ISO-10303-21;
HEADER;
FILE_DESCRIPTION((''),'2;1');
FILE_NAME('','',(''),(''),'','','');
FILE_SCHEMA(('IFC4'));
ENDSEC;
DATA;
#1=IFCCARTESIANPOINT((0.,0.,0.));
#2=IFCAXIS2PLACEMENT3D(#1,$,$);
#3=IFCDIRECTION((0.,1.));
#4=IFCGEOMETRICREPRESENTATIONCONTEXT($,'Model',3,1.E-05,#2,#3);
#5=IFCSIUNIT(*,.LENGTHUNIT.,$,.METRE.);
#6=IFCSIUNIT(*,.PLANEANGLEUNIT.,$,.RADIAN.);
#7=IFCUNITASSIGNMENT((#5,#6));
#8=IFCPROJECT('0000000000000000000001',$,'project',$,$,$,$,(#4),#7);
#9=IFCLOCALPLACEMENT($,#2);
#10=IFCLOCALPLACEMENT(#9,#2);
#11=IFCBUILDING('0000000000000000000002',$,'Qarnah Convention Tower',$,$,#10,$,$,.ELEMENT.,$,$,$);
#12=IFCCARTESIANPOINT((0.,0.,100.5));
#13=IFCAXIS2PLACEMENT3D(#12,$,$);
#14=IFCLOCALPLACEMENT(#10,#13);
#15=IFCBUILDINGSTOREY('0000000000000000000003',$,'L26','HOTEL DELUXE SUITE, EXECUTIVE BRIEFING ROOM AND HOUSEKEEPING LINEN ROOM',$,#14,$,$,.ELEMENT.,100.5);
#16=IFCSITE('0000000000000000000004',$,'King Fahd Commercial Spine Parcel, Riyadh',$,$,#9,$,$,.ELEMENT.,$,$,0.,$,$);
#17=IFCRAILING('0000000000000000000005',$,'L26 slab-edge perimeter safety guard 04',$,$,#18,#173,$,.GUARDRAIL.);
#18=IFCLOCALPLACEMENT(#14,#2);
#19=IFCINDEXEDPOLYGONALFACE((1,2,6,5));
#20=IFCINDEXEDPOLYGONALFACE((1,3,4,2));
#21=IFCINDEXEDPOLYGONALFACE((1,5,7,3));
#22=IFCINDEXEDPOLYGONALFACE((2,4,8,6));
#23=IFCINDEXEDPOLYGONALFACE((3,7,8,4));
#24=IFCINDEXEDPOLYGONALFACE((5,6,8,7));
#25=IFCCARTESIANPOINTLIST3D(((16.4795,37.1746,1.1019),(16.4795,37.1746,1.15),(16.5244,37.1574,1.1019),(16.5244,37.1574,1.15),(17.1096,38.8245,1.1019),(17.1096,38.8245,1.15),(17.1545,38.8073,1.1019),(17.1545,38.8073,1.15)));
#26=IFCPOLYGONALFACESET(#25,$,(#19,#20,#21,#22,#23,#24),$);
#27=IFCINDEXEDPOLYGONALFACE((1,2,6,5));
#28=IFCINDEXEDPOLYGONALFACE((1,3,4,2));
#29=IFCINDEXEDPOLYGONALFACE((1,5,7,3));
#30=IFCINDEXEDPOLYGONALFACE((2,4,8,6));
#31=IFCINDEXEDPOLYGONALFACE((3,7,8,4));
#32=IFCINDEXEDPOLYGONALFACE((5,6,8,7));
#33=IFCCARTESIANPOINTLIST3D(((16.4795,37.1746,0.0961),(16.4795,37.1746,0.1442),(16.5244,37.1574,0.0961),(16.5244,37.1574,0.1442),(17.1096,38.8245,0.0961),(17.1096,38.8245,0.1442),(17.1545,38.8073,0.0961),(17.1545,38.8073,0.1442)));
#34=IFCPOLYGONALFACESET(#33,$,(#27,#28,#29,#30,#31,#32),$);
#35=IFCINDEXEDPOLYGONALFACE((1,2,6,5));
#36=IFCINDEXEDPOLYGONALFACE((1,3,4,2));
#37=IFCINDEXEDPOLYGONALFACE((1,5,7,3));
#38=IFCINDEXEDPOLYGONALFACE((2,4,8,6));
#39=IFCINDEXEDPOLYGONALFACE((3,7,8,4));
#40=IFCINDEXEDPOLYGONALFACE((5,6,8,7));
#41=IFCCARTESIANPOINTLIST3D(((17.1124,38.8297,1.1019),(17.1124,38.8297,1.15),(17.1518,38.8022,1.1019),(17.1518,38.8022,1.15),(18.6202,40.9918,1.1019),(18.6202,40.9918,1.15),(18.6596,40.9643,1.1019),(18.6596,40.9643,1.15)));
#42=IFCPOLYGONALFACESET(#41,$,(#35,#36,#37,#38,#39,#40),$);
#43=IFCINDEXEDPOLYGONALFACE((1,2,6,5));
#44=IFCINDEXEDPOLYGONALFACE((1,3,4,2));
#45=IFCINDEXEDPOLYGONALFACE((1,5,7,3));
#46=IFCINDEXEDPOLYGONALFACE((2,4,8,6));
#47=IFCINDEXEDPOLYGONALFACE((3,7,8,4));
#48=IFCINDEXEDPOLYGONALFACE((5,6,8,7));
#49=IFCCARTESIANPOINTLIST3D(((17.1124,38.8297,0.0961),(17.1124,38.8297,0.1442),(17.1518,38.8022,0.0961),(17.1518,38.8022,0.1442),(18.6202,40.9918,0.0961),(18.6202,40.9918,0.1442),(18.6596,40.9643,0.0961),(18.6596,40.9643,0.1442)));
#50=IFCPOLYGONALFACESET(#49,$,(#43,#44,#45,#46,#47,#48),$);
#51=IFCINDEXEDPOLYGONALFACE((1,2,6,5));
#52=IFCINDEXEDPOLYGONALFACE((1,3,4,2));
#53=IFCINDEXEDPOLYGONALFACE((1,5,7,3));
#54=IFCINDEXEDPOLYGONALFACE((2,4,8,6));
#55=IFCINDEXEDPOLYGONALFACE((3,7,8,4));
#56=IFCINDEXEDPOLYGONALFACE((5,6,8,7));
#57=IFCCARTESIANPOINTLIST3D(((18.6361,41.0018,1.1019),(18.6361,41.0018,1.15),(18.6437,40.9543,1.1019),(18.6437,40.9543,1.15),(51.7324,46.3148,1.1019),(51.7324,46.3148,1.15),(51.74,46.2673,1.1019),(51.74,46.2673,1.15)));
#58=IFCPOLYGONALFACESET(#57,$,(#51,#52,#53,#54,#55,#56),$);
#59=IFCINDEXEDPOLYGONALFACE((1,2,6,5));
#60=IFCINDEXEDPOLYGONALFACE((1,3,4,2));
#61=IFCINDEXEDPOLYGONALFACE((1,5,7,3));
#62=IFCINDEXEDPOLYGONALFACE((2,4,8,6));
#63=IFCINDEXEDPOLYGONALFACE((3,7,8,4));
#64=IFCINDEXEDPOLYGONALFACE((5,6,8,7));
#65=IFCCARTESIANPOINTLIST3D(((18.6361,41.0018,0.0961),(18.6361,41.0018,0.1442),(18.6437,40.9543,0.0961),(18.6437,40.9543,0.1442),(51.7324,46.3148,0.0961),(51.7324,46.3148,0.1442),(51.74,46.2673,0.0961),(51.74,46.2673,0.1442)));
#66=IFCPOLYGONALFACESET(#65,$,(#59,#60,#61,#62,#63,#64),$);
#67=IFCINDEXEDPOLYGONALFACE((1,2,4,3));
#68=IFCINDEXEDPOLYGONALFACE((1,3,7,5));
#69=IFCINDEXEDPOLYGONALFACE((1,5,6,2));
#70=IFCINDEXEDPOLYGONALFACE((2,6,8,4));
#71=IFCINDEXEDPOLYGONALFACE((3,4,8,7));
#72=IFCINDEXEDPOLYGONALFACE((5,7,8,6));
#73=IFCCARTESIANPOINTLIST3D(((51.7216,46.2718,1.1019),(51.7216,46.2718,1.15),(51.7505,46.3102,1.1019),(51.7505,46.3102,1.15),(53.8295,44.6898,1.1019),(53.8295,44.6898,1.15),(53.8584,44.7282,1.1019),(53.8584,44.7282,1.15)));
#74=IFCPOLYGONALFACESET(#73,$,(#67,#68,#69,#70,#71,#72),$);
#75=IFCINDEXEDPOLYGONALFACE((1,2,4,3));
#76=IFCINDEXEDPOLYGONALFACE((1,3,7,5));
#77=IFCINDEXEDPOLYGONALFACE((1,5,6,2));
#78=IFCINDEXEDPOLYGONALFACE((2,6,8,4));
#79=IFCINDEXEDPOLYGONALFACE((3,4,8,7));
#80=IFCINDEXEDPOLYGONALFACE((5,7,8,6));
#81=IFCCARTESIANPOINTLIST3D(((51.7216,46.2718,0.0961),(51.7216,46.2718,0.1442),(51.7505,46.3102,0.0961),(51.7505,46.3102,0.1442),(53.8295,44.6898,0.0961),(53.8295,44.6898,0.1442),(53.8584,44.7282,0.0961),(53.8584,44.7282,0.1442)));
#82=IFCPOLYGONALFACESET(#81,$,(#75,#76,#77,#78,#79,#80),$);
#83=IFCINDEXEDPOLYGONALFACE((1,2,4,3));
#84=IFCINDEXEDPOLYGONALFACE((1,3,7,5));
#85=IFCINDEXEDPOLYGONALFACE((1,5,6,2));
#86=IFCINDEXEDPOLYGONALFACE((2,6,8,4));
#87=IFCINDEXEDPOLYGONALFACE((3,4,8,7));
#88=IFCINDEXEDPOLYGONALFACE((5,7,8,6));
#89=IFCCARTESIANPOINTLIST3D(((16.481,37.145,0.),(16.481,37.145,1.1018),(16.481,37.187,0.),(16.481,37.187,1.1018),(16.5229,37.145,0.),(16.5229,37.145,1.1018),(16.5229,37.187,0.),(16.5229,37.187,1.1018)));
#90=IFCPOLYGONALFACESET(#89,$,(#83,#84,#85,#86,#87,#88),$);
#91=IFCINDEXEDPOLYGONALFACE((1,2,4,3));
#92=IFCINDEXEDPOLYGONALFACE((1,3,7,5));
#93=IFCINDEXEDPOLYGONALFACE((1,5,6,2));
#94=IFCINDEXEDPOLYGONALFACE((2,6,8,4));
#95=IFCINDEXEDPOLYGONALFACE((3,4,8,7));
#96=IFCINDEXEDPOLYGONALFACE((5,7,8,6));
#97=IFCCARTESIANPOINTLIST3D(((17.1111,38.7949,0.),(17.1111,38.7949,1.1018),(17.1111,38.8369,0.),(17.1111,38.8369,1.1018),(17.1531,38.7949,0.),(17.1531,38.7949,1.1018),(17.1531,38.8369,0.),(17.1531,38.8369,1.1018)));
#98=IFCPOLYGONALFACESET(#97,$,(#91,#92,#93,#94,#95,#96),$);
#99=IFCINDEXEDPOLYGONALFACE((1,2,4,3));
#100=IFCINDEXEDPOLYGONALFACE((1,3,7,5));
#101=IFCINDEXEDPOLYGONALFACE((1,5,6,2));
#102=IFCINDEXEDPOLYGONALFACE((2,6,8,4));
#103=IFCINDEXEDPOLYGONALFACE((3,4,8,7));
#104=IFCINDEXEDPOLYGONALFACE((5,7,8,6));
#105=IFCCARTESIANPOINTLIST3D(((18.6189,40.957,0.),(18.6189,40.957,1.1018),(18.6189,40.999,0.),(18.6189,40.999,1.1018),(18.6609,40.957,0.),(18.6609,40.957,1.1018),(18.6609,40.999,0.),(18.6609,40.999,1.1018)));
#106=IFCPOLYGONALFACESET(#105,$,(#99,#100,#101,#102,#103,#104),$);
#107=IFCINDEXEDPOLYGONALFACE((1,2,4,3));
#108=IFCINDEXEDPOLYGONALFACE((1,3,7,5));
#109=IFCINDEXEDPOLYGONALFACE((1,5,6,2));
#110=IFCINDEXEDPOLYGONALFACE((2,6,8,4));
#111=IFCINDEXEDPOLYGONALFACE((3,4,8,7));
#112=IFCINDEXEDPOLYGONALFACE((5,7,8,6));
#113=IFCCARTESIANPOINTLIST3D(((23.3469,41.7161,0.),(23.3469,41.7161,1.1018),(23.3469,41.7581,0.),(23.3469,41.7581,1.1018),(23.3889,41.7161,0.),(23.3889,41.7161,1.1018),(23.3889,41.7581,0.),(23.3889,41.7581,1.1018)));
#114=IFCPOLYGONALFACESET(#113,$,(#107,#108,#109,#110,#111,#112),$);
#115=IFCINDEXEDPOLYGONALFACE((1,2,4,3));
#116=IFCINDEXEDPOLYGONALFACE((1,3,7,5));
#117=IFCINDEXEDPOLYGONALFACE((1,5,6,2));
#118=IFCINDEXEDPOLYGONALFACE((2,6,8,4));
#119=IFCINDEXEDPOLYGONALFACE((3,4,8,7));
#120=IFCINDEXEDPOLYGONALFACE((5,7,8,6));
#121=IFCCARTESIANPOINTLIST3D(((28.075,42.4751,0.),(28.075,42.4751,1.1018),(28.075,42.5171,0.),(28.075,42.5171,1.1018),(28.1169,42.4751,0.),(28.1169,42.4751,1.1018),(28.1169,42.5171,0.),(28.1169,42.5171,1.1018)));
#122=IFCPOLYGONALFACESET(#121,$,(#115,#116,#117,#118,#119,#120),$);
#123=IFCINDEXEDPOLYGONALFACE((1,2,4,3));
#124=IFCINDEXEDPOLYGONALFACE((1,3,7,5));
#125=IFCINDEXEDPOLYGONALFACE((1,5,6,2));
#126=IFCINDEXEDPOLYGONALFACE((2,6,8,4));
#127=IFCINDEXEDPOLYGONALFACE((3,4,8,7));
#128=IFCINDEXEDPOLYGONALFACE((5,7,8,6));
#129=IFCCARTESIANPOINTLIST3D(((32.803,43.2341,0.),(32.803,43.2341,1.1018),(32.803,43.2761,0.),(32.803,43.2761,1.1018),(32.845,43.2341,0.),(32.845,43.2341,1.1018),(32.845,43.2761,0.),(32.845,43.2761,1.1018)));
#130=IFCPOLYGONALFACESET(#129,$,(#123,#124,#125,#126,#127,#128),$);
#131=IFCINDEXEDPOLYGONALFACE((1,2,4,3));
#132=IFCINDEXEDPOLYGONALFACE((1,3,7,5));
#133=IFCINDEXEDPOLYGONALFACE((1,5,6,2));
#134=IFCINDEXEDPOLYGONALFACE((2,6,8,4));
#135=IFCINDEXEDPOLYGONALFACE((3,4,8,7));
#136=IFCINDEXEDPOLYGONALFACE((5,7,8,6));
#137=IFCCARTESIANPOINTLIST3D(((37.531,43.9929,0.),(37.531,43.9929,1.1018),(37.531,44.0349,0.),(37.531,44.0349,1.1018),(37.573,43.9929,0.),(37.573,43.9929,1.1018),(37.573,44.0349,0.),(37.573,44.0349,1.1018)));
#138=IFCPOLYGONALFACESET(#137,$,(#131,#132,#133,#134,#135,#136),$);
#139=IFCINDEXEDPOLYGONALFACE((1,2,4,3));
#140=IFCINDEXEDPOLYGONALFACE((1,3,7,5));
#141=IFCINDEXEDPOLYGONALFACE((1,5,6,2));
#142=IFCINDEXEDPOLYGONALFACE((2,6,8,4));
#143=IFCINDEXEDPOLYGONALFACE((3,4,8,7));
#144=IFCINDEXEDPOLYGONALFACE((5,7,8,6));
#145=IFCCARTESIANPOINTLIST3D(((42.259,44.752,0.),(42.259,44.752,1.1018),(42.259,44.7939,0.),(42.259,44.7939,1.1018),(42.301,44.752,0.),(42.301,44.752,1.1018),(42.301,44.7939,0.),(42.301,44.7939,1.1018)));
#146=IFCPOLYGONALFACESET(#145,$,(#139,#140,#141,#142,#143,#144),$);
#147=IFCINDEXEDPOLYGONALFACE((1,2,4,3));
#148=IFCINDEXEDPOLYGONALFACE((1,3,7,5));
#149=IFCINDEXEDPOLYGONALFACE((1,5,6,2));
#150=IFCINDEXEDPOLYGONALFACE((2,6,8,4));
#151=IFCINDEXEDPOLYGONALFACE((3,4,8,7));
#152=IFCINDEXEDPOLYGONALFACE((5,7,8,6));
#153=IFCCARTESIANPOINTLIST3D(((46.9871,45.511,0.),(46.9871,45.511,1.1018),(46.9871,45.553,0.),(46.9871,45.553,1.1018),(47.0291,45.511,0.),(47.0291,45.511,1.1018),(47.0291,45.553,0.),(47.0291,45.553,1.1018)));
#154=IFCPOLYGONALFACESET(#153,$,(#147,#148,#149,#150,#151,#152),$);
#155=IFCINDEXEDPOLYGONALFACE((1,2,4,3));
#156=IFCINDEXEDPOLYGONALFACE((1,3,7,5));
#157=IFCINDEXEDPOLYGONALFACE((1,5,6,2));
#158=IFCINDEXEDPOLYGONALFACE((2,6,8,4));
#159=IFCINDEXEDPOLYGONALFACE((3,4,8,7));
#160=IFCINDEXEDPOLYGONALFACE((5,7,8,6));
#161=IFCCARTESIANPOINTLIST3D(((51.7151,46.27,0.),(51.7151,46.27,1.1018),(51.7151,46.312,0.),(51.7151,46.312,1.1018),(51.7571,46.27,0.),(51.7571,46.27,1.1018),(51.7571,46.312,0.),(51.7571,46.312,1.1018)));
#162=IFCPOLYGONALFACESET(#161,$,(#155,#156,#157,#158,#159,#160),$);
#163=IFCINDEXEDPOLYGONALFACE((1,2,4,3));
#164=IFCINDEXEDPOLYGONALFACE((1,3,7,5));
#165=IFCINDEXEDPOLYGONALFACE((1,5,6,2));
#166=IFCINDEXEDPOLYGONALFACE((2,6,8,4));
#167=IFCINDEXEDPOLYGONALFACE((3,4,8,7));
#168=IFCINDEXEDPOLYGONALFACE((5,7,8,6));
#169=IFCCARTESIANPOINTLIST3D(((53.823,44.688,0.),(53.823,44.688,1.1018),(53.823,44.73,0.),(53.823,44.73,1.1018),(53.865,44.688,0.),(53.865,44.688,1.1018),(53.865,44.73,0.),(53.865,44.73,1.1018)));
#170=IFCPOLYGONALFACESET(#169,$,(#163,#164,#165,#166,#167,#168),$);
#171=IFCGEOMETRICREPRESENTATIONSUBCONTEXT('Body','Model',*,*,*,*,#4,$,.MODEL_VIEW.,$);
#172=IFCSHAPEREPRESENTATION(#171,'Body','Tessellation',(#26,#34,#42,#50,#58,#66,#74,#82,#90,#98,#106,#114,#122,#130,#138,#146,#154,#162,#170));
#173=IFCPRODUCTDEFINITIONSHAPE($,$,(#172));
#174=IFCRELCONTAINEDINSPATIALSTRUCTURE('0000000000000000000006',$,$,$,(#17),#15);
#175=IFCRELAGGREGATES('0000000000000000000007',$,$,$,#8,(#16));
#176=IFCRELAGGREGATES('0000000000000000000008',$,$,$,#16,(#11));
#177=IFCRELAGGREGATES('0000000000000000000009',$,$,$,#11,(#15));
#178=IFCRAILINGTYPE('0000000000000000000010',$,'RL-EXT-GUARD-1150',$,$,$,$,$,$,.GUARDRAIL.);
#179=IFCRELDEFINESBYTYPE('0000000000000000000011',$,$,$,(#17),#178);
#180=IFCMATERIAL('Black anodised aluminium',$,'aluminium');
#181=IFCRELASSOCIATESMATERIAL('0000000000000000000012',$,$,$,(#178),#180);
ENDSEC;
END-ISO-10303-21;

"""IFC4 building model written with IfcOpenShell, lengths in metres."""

from ifc_helpers import new_model, si_unit, direction, frame, origin, origin_2d, place, context, subcontext, project, spatial, rectangle, extrude, material, type_object, element, save


model = new_model("IFC4")

# Units and contexts
model_context = context("Model", 3, precision=1e-05, world=origin(), true_north=direction((0.0, 1.0)))
body_context = subcontext(model_context, "Body", "Model", "MODEL_VIEW")
ifc_project = project(units=[si_unit("LENGTHUNIT", "METRE"), si_unit("PLANEANGLEUNIT", "RADIAN")], contexts=[model_context])

# Site, building, storey
site_placement = place(None, origin())
site = spatial("IfcSite", under=ifc_project, at=site_placement, Name="King Fahd Commercial Spine Parcel, Riyadh", CompositionType="ELEMENT", RefElevation=0.0)
building_placement = place(site_placement, origin())
building = spatial("IfcBuilding", under=site, at=building_placement, Name="Qarnah Convention Tower", CompositionType="ELEMENT")
storey_placement = place(building_placement, frame((0.0, 0.0, 100.5)))
storey = spatial("IfcBuildingStorey", under=building, at=storey_placement, Name="L26", Description="HOTEL DELUXE SUITE, EXECUTIVE BRIEFING ROOM AND HOUSEKEEPING LINEN ROOM", CompositionType="ELEMENT", Elevation=100.5)

# Shared definitions
ifc_material_1 = material(Name="Black anodised aluminium", Category="aluminium")

# Railing
railing_type = type_object("IfcRailingType", Name="RL-EXT-GUARD-1150", PredefinedType="GUARDRAIL", material=ifc_material_1)
railing_1_placement = place(storey_placement, frame((16.502, 37.166, 0.0)))
element("IfcRailing", 1, at=railing_1_placement, inside=storey, type_object=railing_type, Name="L26 slab-edge perimeter safety guard 04", PredefinedType="GUARDRAIL", context=body_context, shape_type="SweptSolid", body=[
    extrude(rectangle(XDim=0.0481, YDim=0.0481, at=origin_2d()), frame((0.0, 0.0, 1.126), z_axis=(0.356783, 0.934187, 0.0), x_axis=(-0.934187, 0.356783, 0.0)), (0.0, 0.0, 1.0), 1.7661),
    extrude(rectangle(XDim=0.0481, YDim=0.0481, at=origin_2d()), frame((0.0, 0.0, 0.1201), z_axis=(0.356783, 0.934187, 0.0), x_axis=(-0.934187, 0.356783, 0.0)), (0.0, 0.0, 1.0), 1.7661),
    extrude(rectangle(XDim=0.0481, YDim=0.0481, at=origin_2d()), frame((0.6301, 1.6499, 1.126), z_axis=(0.572019, 0.82024, 0.0), x_axis=(-0.82024, 0.572019, 0.0)), (0.0, 0.0, 1.0), 2.636),
    extrude(rectangle(XDim=0.0481, YDim=0.0481, at=origin_2d()), frame((0.6301, 1.6499, 0.1201), z_axis=(0.572019, 0.82024, 0.0), x_axis=(-0.82024, 0.572019, 0.0)), (0.0, 0.0, 1.0), 2.636),
    extrude(rectangle(XDim=0.0481, YDim=0.0481, at=origin_2d()), frame((2.1379, 3.812, 1.126), z_axis=(0.987359, 0.158502, 0.0), x_axis=(-0.158502, 0.987359, 0.0)), (0.0, 0.0, 1.0), 33.52),
    extrude(rectangle(XDim=0.0481, YDim=0.0481, at=origin_2d()), frame((2.1379, 3.812, 0.1201), z_axis=(0.987359, 0.158502, 0.0), x_axis=(-0.158502, 0.987359, 0.0)), (0.0, 0.0, 1.0), 33.52),
    extrude(rectangle(XDim=0.0481, YDim=0.0481, at=origin_2d()), frame((35.2341, 9.125, 1.126), z_axis=(0.7998, -0.600267, 0.0), x_axis=(0.600267, 0.7998, 0.0)), (0.0, 0.0, 1.0), 2.6355),
    extrude(rectangle(XDim=0.0481, YDim=0.0481, at=origin_2d()), frame((35.2341, 9.125, 0.1201), z_axis=(0.7998, -0.600267, 0.0), x_axis=(0.600267, 0.7998, 0.0)), (0.0, 0.0, 1.0), 2.6355),
    extrude(rectangle(XDim=0.042, YDim=0.042, at=origin_2d()), origin(), (0.0, 0.0, 1.0), 1.1018),
    extrude(rectangle(XDim=0.042, YDim=0.042, at=origin_2d()), frame((0.6301, 1.6499, 0.0)), (0.0, 0.0, 1.0), 1.1018),
    extrude(rectangle(XDim=0.042, YDim=0.042, at=origin_2d()), frame((2.1379, 3.812, 0.0)), (0.0, 0.0, 1.0), 1.1018),
    extrude(rectangle(XDim=0.042, YDim=0.042, at=origin_2d()), frame((6.866, 4.571, 0.0)), (0.0, 0.0, 1.0), 1.1018),
    extrude(rectangle(XDim=0.042, YDim=0.042, at=origin_2d()), frame((11.594, 5.3301, 0.0)), (0.0, 0.0, 1.0), 1.1018),
    extrude(rectangle(XDim=0.042, YDim=0.042, at=origin_2d()), frame((16.322, 6.0891, 0.0)), (0.0, 0.0, 1.0), 1.1018),
    extrude(rectangle(XDim=0.042, YDim=0.042, at=origin_2d()), frame((21.05, 6.8479, 0.0)), (0.0, 0.0, 1.0), 1.1018),
    extrude(rectangle(XDim=0.042, YDim=0.042, at=origin_2d()), frame((25.7781, 7.6069, 0.0)), (0.0, 0.0, 1.0), 1.1018),
    extrude(rectangle(XDim=0.042, YDim=0.042, at=origin_2d()), frame((30.5061, 8.366, 0.0)), (0.0, 0.0, 1.0), 1.1018),
    extrude(rectangle(XDim=0.042, YDim=0.042, at=origin_2d()), frame((35.2341, 9.125, 0.0)), (0.0, 0.0, 1.0), 1.1018),
    extrude(rectangle(XDim=0.042, YDim=0.042, at=origin_2d()), frame((37.342, 7.543, 0.0)), (0.0, 0.0, 1.0), 1.1018),
])

save(model, "model.ifc")
